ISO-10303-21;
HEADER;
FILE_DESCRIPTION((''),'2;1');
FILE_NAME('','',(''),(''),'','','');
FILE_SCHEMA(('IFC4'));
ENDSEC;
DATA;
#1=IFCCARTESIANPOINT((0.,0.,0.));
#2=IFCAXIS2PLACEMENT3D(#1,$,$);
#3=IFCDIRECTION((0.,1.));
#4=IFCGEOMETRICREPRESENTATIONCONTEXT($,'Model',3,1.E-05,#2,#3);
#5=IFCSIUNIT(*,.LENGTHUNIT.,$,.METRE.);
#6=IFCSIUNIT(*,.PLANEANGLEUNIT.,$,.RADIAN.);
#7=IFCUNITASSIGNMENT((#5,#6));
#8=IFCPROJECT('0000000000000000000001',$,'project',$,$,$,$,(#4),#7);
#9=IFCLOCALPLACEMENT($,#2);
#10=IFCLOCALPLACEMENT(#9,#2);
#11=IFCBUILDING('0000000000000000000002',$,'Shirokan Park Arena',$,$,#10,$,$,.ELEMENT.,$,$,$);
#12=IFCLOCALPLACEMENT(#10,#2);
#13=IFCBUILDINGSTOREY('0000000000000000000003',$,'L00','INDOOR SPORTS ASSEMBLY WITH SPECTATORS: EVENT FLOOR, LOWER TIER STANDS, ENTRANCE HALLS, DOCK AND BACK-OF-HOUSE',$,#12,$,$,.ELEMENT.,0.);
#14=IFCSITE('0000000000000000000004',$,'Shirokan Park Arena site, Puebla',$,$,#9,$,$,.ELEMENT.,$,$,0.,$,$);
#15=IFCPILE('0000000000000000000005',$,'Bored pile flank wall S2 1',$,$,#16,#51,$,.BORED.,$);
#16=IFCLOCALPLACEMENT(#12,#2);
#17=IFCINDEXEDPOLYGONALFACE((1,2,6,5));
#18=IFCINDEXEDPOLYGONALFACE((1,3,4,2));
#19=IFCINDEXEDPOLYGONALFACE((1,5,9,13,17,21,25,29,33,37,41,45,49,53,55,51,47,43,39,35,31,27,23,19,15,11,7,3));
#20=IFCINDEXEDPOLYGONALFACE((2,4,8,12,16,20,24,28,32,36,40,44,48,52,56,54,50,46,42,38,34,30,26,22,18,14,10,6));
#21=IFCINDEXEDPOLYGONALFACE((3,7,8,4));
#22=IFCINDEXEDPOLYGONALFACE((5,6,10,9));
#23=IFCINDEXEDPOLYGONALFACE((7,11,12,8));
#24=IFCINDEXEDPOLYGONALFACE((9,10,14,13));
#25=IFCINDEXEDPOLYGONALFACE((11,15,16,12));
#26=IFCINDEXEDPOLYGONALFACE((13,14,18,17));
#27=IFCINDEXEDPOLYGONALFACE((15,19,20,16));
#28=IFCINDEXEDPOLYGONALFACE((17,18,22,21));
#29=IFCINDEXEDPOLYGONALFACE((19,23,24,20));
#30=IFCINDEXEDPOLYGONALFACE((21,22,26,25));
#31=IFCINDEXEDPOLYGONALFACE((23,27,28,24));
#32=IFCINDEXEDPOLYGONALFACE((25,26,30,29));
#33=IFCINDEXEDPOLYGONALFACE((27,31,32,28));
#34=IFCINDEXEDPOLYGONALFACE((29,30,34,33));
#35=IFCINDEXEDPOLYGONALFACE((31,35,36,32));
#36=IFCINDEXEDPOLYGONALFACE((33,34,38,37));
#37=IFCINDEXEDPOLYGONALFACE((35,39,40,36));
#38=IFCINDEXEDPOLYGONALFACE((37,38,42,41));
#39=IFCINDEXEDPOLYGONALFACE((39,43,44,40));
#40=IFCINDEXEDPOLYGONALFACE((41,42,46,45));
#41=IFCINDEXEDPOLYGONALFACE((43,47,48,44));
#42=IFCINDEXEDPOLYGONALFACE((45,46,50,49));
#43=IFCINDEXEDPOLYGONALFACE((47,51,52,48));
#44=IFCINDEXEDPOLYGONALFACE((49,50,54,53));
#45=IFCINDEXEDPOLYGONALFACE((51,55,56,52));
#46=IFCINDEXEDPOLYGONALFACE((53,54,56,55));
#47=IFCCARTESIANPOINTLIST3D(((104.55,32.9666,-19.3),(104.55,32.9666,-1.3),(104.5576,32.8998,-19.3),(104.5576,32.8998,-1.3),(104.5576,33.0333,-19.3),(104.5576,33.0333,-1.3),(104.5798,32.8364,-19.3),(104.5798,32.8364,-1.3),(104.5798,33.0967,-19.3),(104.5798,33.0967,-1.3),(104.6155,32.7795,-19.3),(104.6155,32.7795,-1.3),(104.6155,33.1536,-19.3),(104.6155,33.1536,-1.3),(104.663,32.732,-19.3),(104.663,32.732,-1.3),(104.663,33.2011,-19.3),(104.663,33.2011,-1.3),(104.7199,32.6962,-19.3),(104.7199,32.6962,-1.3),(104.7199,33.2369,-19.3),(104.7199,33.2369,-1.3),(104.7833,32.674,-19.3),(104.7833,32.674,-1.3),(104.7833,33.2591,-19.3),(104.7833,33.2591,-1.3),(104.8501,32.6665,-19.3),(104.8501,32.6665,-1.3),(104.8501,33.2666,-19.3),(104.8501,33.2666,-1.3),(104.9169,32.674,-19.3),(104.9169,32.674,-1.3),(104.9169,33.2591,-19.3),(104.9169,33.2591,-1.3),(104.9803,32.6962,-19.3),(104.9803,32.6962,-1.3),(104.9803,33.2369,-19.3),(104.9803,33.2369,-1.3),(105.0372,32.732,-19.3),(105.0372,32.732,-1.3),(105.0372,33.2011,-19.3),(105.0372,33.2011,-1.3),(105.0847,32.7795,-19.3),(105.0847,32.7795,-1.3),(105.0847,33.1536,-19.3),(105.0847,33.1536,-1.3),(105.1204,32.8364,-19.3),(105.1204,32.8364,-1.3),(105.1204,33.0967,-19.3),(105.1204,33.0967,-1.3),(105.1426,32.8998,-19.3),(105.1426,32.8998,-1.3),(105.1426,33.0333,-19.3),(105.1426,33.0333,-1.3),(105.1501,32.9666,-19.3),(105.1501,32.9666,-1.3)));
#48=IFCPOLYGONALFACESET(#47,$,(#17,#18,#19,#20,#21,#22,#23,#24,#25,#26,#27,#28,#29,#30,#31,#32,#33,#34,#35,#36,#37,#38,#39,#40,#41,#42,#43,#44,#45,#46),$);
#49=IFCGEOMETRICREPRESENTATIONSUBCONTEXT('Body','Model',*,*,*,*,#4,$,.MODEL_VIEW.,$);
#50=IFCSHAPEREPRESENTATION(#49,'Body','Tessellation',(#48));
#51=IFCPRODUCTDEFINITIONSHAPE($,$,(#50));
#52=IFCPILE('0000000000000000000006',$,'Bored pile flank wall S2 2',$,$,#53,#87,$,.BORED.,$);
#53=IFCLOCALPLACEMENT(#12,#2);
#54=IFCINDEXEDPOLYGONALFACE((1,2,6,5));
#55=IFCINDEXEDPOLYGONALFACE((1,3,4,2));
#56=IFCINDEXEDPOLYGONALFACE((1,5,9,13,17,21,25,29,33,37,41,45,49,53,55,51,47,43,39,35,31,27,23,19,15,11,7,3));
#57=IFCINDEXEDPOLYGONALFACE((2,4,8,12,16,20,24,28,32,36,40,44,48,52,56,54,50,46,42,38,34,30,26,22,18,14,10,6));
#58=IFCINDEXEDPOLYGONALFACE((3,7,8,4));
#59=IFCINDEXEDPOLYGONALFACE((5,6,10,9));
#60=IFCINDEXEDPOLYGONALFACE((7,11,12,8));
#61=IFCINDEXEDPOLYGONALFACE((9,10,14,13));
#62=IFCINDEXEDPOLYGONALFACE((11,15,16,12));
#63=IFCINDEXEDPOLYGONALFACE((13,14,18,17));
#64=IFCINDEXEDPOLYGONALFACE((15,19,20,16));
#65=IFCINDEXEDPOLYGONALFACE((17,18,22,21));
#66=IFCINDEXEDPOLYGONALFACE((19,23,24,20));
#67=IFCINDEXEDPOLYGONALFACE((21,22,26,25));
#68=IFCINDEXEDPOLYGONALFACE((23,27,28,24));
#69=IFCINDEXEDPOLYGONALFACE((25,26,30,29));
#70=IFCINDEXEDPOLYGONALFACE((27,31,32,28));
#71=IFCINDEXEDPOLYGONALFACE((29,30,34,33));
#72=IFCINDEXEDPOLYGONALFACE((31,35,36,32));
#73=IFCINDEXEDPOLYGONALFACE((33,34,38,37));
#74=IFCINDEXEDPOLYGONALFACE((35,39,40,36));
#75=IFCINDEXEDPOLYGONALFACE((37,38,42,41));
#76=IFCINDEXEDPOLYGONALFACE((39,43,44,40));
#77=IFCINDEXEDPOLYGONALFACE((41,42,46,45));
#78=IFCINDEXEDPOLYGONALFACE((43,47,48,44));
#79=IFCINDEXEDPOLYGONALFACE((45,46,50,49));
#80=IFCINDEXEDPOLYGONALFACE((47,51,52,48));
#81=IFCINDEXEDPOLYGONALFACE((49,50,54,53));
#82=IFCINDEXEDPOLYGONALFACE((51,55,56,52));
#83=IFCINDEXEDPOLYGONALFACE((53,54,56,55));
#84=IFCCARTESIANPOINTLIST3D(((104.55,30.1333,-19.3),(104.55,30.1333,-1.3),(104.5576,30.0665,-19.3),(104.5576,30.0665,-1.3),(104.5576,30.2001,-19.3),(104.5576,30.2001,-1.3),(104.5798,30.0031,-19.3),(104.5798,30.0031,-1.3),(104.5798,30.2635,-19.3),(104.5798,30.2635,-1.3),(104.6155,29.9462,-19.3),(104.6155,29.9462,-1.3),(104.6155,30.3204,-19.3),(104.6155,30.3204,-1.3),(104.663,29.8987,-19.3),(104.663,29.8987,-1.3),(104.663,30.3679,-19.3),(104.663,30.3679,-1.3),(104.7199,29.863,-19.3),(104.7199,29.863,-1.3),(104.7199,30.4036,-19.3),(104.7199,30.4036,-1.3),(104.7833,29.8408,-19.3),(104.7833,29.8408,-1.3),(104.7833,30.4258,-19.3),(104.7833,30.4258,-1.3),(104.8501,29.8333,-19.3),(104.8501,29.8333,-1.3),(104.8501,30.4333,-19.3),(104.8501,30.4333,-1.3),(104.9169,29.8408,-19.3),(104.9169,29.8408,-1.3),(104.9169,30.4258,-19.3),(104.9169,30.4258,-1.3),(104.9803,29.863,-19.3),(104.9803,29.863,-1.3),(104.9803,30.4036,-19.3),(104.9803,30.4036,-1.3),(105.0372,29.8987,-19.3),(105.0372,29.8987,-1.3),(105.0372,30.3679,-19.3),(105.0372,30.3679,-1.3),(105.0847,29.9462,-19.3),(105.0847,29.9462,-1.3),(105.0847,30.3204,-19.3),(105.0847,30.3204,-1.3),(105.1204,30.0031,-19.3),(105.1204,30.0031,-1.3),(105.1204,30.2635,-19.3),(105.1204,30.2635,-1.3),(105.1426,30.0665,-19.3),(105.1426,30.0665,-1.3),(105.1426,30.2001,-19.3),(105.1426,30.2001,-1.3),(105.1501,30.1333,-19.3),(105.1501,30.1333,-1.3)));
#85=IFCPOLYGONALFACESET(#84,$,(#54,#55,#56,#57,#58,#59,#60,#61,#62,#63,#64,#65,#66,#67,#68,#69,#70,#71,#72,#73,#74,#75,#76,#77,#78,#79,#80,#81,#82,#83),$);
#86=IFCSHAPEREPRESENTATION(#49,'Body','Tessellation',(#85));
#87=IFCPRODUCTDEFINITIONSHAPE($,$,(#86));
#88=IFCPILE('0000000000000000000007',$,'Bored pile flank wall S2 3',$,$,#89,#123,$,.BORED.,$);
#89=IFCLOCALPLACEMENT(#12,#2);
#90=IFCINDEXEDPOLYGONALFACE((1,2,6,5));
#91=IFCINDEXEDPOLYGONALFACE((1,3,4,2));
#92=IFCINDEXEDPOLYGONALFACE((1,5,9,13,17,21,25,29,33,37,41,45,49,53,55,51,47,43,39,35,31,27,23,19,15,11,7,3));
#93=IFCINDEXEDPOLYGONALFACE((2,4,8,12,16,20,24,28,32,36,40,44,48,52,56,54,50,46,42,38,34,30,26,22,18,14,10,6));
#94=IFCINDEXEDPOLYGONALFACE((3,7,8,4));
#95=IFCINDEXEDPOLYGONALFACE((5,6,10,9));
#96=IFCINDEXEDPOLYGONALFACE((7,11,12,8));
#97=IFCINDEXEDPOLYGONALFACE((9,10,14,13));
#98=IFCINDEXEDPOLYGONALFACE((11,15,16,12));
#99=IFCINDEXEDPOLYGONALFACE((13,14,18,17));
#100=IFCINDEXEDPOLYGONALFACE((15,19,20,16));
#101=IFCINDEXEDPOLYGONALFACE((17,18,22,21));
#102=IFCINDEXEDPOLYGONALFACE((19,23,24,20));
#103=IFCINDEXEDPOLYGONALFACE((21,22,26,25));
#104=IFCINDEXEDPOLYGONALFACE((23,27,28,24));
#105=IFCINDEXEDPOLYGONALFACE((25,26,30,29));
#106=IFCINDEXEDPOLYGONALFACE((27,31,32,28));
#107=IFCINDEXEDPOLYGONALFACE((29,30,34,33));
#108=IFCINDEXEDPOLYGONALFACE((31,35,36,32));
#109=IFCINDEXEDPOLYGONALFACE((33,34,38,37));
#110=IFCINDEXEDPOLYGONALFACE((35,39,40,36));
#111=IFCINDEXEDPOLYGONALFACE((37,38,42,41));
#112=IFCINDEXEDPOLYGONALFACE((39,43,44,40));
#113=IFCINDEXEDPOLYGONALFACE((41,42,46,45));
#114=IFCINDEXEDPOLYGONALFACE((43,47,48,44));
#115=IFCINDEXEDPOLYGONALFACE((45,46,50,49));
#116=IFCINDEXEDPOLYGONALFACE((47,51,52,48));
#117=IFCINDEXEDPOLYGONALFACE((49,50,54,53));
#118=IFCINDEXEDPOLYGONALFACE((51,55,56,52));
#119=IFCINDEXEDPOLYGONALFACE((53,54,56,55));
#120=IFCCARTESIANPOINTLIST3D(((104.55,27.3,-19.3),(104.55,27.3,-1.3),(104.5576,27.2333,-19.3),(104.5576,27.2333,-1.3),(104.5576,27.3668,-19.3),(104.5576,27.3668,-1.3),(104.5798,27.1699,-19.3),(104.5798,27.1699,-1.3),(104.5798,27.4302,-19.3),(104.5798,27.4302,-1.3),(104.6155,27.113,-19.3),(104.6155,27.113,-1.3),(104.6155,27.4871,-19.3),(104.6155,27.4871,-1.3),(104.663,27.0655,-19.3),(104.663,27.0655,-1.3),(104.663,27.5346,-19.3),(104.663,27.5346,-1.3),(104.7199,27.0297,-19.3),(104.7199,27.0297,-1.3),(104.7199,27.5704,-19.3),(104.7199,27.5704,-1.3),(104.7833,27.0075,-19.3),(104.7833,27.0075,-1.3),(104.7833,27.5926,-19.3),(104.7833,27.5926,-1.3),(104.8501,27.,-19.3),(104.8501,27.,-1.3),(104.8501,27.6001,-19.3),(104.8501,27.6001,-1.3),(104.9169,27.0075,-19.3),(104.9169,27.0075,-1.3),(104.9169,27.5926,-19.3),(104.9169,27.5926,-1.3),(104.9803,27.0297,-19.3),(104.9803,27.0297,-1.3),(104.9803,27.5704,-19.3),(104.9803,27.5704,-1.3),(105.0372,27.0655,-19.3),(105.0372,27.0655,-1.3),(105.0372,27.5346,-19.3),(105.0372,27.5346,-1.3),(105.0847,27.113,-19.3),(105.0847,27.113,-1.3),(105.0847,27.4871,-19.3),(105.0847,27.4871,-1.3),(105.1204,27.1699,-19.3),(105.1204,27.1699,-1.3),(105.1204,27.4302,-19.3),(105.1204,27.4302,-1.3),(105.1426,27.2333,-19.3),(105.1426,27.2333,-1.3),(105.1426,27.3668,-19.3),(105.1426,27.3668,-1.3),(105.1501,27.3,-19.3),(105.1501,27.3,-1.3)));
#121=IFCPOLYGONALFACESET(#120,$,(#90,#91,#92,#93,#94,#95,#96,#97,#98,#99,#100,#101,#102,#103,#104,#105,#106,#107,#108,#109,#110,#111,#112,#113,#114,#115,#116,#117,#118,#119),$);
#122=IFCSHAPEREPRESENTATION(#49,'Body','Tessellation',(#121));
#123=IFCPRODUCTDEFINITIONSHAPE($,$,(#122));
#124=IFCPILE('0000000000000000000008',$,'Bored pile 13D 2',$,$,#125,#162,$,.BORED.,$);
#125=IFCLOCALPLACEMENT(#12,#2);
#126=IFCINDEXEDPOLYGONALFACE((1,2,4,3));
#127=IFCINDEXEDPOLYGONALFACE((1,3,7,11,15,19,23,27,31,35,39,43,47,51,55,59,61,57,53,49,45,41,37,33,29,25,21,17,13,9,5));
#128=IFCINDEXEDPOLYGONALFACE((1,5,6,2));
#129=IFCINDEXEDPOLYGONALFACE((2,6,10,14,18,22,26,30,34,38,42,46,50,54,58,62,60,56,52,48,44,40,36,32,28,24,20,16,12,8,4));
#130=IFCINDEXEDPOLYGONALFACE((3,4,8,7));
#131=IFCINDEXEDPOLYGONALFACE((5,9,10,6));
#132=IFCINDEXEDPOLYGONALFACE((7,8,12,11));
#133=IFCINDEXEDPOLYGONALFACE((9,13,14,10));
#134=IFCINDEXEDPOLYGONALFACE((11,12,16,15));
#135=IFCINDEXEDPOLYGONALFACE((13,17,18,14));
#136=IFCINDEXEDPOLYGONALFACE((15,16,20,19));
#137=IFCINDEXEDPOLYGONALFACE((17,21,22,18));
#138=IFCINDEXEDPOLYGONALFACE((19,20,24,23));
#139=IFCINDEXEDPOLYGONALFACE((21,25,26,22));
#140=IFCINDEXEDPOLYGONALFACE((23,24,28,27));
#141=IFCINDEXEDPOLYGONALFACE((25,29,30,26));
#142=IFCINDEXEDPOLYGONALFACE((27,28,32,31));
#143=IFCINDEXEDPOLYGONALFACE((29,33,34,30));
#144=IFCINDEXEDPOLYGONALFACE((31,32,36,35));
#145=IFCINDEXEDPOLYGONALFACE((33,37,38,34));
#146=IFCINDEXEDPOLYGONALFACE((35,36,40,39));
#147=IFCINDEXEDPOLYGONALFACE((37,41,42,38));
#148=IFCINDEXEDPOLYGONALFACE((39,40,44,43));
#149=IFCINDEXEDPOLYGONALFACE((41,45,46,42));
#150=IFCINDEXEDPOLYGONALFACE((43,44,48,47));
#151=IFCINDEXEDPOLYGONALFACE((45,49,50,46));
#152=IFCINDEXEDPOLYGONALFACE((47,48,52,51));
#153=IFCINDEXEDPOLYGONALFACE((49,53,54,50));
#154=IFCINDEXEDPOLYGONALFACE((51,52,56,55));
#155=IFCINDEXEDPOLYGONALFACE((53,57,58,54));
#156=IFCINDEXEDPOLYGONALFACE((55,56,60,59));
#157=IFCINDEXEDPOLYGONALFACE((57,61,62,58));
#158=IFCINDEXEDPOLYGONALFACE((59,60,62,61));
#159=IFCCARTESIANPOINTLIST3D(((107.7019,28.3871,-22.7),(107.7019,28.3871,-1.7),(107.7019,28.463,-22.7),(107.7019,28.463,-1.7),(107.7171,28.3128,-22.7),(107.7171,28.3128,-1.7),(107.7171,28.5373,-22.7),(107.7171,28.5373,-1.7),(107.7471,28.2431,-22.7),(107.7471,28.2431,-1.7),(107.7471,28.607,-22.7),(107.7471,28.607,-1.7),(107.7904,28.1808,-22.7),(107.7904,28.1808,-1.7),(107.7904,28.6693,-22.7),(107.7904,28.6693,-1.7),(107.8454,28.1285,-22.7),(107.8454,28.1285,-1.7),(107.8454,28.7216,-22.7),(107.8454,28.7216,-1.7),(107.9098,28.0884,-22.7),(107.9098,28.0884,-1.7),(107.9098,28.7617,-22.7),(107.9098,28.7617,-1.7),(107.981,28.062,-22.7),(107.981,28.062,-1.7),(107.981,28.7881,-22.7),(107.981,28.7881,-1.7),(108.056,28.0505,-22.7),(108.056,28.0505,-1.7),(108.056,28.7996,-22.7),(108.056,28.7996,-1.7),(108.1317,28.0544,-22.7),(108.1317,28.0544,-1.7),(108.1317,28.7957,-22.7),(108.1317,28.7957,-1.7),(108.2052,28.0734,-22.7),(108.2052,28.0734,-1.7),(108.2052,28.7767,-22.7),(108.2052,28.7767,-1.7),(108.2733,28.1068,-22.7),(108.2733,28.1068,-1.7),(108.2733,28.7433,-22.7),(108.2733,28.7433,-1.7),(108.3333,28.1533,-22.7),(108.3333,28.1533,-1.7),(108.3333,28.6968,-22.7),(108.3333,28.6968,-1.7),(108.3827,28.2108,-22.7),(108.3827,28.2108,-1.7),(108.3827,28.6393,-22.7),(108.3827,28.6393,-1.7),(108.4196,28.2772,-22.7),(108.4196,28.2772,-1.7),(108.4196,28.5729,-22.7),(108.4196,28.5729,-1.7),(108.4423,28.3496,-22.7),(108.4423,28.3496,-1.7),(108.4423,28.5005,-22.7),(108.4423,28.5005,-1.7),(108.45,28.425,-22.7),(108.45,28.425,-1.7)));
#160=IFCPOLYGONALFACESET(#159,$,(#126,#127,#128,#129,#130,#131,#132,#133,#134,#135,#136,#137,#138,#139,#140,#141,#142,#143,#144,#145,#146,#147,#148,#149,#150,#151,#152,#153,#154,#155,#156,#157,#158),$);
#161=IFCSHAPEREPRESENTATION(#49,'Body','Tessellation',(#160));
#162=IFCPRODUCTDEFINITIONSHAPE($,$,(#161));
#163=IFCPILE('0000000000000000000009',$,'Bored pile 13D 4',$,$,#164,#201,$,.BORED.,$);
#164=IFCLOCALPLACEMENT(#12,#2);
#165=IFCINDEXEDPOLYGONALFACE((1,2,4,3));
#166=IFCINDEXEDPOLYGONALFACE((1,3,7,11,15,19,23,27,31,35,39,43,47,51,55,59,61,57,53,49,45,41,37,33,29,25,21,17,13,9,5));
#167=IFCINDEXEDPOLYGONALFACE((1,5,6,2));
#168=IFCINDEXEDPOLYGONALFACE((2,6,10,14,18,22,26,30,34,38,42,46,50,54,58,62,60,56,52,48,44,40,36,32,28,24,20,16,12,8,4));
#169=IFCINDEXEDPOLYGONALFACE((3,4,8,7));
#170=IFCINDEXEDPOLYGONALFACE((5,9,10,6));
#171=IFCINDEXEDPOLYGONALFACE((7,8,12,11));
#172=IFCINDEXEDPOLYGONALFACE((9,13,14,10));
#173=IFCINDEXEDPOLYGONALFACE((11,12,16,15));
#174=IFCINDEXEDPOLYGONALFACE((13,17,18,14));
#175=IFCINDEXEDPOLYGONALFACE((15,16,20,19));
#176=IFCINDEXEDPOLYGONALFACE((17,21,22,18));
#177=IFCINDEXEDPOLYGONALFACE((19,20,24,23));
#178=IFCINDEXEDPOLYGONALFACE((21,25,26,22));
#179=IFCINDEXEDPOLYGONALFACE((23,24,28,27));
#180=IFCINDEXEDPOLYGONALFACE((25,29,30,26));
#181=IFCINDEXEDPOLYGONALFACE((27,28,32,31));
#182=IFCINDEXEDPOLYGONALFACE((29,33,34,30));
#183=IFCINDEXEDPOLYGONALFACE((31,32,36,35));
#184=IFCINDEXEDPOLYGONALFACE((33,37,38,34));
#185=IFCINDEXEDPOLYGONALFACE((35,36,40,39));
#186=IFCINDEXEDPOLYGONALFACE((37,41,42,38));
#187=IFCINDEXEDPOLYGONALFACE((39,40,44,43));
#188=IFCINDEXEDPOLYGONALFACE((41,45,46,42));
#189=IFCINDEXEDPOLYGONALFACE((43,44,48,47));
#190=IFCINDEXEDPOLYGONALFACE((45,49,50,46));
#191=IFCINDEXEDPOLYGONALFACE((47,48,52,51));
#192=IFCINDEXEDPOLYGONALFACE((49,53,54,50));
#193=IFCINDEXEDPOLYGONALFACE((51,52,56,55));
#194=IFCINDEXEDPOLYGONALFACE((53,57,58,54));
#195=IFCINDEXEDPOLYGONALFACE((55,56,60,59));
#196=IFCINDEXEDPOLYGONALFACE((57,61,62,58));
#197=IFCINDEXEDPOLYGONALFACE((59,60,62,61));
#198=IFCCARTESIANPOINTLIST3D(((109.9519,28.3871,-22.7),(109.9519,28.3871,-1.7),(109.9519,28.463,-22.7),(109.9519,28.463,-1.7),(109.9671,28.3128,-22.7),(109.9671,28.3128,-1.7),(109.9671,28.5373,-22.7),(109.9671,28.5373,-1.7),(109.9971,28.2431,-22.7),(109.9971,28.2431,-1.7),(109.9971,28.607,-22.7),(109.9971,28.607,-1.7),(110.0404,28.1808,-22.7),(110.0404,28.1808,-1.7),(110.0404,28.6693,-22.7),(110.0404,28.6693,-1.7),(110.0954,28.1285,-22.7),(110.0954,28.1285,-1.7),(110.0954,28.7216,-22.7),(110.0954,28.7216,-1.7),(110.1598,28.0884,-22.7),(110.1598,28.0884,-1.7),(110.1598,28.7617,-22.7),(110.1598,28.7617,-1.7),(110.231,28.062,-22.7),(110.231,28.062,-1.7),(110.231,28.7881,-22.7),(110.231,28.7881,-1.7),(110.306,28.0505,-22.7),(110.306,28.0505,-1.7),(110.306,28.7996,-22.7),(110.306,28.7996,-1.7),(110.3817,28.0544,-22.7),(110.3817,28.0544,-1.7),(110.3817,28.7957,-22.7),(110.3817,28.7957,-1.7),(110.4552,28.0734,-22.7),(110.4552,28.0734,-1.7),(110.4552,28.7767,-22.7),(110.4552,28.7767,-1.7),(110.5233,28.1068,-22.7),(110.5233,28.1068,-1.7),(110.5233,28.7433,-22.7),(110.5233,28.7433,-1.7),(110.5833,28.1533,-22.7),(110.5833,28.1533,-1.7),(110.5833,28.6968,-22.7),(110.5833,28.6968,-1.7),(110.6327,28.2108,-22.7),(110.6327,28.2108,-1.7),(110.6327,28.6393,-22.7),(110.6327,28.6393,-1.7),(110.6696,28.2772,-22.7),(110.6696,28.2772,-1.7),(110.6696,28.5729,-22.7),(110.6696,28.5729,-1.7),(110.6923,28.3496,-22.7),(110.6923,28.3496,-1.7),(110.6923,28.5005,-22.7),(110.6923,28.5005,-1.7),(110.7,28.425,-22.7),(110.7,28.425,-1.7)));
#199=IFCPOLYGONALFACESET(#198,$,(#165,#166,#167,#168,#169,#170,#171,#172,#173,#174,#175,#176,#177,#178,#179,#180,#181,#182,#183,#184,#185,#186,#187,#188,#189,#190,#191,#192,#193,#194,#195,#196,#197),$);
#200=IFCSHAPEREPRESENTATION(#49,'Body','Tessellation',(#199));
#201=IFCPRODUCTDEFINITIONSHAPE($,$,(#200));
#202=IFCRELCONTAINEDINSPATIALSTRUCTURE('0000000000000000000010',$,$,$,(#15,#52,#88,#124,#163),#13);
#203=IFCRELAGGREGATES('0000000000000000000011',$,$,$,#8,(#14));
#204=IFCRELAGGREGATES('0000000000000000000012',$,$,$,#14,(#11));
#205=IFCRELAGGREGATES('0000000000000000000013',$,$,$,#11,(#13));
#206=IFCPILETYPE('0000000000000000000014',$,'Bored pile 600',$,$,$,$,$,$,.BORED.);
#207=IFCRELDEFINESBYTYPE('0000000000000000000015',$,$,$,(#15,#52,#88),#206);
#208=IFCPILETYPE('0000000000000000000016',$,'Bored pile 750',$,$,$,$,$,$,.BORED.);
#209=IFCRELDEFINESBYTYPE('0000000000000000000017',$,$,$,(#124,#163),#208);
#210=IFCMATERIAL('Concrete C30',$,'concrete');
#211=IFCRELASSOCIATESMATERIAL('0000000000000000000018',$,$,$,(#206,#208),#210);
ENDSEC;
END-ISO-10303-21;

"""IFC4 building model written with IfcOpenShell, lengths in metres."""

from ifc_helpers import new_model, si_unit, direction, frame, origin, origin_2d, place, context, subcontext, project, spatial, circle, extrude, material, material_profile, profile_set, type_object, element, save


model = new_model("IFC4")

# Units and contexts
model_context = context("Model", 3, precision=1e-05, world=origin(), true_north=direction((0.0, 1.0)))
body_context = subcontext(model_context, "Body", "Model", "MODEL_VIEW")
ifc_project = project(units=[si_unit("LENGTHUNIT", "METRE"), si_unit("PLANEANGLEUNIT", "RADIAN")], contexts=[model_context])

# Site, building, storey
site_placement = place(None, origin())
site = spatial("IfcSite", under=ifc_project, at=site_placement, Name="Shirokan Park Arena site, Puebla", CompositionType="ELEMENT", RefElevation=0.0)
building_placement = place(site_placement, origin())
building = spatial("IfcBuilding", under=site, at=building_placement, Name="Shirokan Park Arena", CompositionType="ELEMENT")
storey_placement = place(building_placement, origin())
storey = spatial("IfcBuildingStorey", under=building, at=storey_placement, Name="L00", Description="INDOOR SPORTS ASSEMBLY WITH SPECTATORS: EVENT FLOOR, LOWER TIER STANDS, ENTRANCE HALLS, DOCK AND BACK-OF-HOUSE", CompositionType="ELEMENT", Elevation=0.0)

# Piles
ifc_material_1 = material(Name="Concrete C30", Category="concrete")
ifc_material_profile_1 = material_profile(ifc_material_1, circle(Radius=0.3, at=origin_2d()), Name="D600")
ifc_profile_set_1 = profile_set([ifc_material_profile_1], Name="Concrete C30")
pile_type_1 = type_object("IfcPileType", Name="Bored pile 600", PredefinedType="BORED", material=ifc_profile_set_1)
for number, where, z_axis, x_axis, name in (
    (1, (104.8501, 32.9666, -1.3), (0.0, 0.0, -1.0), (1.0, 0.0, 0.0), "Bored pile flank wall S2 1"),
    (2, (104.8501, 30.1333, -1.3), (0.0, 0.0, -1.0), (1.0, 0.0, 0.0), "Bored pile flank wall S2 2"),
    (3, (104.8501, 27.3, -1.3), (0.0, 0.0, -1.0), (1.0, 0.0, 0.0), "Bored pile flank wall S2 3"),
):
    element("IfcPile", number, at=place(storey_placement, frame(where, z_axis=z_axis, x_axis=x_axis)), inside=storey, type_object=pile_type_1, Name=name, PredefinedType="BORED", context=body_context, shape_type="SweptSolid", body=[
        extrude(circle(Radius=0.3, at=origin_2d()), origin(), (0.0, 0.0, 1.0), 18.0),
    ])
ifc_material_profile_2 = material_profile(ifc_material_1, circle(Radius=0.375, at=origin_2d()), Name="D750")
ifc_profile_set_2 = profile_set([ifc_material_profile_2], Name="Concrete C30")
pile_type_2 = type_object("IfcPileType", Name="Bored pile 750", PredefinedType="BORED", material=ifc_profile_set_2)
for number, where, z_axis, x_axis, name in (
    (4, (108.075, 28.425, -1.7), (0.0, 0.0, -1.0), (1.0, 0.0, 0.0), "Bored pile 13D 2"),
    (5, (110.325, 28.425, -1.7), (0.0, 0.0, -1.0), (1.0, 0.0, 0.0), "Bored pile 13D 4"),
):
    element("IfcPile", number, at=place(storey_placement, frame(where, z_axis=z_axis, x_axis=x_axis)), inside=storey, type_object=pile_type_2, Name=name, PredefinedType="BORED", context=body_context, shape_type="SweptSolid", body=[
        extrude(circle(Radius=0.375, at=origin_2d()), origin(), (0.0, 0.0, 1.0), 21.0),
    ])

save(model, "model.ifc")
